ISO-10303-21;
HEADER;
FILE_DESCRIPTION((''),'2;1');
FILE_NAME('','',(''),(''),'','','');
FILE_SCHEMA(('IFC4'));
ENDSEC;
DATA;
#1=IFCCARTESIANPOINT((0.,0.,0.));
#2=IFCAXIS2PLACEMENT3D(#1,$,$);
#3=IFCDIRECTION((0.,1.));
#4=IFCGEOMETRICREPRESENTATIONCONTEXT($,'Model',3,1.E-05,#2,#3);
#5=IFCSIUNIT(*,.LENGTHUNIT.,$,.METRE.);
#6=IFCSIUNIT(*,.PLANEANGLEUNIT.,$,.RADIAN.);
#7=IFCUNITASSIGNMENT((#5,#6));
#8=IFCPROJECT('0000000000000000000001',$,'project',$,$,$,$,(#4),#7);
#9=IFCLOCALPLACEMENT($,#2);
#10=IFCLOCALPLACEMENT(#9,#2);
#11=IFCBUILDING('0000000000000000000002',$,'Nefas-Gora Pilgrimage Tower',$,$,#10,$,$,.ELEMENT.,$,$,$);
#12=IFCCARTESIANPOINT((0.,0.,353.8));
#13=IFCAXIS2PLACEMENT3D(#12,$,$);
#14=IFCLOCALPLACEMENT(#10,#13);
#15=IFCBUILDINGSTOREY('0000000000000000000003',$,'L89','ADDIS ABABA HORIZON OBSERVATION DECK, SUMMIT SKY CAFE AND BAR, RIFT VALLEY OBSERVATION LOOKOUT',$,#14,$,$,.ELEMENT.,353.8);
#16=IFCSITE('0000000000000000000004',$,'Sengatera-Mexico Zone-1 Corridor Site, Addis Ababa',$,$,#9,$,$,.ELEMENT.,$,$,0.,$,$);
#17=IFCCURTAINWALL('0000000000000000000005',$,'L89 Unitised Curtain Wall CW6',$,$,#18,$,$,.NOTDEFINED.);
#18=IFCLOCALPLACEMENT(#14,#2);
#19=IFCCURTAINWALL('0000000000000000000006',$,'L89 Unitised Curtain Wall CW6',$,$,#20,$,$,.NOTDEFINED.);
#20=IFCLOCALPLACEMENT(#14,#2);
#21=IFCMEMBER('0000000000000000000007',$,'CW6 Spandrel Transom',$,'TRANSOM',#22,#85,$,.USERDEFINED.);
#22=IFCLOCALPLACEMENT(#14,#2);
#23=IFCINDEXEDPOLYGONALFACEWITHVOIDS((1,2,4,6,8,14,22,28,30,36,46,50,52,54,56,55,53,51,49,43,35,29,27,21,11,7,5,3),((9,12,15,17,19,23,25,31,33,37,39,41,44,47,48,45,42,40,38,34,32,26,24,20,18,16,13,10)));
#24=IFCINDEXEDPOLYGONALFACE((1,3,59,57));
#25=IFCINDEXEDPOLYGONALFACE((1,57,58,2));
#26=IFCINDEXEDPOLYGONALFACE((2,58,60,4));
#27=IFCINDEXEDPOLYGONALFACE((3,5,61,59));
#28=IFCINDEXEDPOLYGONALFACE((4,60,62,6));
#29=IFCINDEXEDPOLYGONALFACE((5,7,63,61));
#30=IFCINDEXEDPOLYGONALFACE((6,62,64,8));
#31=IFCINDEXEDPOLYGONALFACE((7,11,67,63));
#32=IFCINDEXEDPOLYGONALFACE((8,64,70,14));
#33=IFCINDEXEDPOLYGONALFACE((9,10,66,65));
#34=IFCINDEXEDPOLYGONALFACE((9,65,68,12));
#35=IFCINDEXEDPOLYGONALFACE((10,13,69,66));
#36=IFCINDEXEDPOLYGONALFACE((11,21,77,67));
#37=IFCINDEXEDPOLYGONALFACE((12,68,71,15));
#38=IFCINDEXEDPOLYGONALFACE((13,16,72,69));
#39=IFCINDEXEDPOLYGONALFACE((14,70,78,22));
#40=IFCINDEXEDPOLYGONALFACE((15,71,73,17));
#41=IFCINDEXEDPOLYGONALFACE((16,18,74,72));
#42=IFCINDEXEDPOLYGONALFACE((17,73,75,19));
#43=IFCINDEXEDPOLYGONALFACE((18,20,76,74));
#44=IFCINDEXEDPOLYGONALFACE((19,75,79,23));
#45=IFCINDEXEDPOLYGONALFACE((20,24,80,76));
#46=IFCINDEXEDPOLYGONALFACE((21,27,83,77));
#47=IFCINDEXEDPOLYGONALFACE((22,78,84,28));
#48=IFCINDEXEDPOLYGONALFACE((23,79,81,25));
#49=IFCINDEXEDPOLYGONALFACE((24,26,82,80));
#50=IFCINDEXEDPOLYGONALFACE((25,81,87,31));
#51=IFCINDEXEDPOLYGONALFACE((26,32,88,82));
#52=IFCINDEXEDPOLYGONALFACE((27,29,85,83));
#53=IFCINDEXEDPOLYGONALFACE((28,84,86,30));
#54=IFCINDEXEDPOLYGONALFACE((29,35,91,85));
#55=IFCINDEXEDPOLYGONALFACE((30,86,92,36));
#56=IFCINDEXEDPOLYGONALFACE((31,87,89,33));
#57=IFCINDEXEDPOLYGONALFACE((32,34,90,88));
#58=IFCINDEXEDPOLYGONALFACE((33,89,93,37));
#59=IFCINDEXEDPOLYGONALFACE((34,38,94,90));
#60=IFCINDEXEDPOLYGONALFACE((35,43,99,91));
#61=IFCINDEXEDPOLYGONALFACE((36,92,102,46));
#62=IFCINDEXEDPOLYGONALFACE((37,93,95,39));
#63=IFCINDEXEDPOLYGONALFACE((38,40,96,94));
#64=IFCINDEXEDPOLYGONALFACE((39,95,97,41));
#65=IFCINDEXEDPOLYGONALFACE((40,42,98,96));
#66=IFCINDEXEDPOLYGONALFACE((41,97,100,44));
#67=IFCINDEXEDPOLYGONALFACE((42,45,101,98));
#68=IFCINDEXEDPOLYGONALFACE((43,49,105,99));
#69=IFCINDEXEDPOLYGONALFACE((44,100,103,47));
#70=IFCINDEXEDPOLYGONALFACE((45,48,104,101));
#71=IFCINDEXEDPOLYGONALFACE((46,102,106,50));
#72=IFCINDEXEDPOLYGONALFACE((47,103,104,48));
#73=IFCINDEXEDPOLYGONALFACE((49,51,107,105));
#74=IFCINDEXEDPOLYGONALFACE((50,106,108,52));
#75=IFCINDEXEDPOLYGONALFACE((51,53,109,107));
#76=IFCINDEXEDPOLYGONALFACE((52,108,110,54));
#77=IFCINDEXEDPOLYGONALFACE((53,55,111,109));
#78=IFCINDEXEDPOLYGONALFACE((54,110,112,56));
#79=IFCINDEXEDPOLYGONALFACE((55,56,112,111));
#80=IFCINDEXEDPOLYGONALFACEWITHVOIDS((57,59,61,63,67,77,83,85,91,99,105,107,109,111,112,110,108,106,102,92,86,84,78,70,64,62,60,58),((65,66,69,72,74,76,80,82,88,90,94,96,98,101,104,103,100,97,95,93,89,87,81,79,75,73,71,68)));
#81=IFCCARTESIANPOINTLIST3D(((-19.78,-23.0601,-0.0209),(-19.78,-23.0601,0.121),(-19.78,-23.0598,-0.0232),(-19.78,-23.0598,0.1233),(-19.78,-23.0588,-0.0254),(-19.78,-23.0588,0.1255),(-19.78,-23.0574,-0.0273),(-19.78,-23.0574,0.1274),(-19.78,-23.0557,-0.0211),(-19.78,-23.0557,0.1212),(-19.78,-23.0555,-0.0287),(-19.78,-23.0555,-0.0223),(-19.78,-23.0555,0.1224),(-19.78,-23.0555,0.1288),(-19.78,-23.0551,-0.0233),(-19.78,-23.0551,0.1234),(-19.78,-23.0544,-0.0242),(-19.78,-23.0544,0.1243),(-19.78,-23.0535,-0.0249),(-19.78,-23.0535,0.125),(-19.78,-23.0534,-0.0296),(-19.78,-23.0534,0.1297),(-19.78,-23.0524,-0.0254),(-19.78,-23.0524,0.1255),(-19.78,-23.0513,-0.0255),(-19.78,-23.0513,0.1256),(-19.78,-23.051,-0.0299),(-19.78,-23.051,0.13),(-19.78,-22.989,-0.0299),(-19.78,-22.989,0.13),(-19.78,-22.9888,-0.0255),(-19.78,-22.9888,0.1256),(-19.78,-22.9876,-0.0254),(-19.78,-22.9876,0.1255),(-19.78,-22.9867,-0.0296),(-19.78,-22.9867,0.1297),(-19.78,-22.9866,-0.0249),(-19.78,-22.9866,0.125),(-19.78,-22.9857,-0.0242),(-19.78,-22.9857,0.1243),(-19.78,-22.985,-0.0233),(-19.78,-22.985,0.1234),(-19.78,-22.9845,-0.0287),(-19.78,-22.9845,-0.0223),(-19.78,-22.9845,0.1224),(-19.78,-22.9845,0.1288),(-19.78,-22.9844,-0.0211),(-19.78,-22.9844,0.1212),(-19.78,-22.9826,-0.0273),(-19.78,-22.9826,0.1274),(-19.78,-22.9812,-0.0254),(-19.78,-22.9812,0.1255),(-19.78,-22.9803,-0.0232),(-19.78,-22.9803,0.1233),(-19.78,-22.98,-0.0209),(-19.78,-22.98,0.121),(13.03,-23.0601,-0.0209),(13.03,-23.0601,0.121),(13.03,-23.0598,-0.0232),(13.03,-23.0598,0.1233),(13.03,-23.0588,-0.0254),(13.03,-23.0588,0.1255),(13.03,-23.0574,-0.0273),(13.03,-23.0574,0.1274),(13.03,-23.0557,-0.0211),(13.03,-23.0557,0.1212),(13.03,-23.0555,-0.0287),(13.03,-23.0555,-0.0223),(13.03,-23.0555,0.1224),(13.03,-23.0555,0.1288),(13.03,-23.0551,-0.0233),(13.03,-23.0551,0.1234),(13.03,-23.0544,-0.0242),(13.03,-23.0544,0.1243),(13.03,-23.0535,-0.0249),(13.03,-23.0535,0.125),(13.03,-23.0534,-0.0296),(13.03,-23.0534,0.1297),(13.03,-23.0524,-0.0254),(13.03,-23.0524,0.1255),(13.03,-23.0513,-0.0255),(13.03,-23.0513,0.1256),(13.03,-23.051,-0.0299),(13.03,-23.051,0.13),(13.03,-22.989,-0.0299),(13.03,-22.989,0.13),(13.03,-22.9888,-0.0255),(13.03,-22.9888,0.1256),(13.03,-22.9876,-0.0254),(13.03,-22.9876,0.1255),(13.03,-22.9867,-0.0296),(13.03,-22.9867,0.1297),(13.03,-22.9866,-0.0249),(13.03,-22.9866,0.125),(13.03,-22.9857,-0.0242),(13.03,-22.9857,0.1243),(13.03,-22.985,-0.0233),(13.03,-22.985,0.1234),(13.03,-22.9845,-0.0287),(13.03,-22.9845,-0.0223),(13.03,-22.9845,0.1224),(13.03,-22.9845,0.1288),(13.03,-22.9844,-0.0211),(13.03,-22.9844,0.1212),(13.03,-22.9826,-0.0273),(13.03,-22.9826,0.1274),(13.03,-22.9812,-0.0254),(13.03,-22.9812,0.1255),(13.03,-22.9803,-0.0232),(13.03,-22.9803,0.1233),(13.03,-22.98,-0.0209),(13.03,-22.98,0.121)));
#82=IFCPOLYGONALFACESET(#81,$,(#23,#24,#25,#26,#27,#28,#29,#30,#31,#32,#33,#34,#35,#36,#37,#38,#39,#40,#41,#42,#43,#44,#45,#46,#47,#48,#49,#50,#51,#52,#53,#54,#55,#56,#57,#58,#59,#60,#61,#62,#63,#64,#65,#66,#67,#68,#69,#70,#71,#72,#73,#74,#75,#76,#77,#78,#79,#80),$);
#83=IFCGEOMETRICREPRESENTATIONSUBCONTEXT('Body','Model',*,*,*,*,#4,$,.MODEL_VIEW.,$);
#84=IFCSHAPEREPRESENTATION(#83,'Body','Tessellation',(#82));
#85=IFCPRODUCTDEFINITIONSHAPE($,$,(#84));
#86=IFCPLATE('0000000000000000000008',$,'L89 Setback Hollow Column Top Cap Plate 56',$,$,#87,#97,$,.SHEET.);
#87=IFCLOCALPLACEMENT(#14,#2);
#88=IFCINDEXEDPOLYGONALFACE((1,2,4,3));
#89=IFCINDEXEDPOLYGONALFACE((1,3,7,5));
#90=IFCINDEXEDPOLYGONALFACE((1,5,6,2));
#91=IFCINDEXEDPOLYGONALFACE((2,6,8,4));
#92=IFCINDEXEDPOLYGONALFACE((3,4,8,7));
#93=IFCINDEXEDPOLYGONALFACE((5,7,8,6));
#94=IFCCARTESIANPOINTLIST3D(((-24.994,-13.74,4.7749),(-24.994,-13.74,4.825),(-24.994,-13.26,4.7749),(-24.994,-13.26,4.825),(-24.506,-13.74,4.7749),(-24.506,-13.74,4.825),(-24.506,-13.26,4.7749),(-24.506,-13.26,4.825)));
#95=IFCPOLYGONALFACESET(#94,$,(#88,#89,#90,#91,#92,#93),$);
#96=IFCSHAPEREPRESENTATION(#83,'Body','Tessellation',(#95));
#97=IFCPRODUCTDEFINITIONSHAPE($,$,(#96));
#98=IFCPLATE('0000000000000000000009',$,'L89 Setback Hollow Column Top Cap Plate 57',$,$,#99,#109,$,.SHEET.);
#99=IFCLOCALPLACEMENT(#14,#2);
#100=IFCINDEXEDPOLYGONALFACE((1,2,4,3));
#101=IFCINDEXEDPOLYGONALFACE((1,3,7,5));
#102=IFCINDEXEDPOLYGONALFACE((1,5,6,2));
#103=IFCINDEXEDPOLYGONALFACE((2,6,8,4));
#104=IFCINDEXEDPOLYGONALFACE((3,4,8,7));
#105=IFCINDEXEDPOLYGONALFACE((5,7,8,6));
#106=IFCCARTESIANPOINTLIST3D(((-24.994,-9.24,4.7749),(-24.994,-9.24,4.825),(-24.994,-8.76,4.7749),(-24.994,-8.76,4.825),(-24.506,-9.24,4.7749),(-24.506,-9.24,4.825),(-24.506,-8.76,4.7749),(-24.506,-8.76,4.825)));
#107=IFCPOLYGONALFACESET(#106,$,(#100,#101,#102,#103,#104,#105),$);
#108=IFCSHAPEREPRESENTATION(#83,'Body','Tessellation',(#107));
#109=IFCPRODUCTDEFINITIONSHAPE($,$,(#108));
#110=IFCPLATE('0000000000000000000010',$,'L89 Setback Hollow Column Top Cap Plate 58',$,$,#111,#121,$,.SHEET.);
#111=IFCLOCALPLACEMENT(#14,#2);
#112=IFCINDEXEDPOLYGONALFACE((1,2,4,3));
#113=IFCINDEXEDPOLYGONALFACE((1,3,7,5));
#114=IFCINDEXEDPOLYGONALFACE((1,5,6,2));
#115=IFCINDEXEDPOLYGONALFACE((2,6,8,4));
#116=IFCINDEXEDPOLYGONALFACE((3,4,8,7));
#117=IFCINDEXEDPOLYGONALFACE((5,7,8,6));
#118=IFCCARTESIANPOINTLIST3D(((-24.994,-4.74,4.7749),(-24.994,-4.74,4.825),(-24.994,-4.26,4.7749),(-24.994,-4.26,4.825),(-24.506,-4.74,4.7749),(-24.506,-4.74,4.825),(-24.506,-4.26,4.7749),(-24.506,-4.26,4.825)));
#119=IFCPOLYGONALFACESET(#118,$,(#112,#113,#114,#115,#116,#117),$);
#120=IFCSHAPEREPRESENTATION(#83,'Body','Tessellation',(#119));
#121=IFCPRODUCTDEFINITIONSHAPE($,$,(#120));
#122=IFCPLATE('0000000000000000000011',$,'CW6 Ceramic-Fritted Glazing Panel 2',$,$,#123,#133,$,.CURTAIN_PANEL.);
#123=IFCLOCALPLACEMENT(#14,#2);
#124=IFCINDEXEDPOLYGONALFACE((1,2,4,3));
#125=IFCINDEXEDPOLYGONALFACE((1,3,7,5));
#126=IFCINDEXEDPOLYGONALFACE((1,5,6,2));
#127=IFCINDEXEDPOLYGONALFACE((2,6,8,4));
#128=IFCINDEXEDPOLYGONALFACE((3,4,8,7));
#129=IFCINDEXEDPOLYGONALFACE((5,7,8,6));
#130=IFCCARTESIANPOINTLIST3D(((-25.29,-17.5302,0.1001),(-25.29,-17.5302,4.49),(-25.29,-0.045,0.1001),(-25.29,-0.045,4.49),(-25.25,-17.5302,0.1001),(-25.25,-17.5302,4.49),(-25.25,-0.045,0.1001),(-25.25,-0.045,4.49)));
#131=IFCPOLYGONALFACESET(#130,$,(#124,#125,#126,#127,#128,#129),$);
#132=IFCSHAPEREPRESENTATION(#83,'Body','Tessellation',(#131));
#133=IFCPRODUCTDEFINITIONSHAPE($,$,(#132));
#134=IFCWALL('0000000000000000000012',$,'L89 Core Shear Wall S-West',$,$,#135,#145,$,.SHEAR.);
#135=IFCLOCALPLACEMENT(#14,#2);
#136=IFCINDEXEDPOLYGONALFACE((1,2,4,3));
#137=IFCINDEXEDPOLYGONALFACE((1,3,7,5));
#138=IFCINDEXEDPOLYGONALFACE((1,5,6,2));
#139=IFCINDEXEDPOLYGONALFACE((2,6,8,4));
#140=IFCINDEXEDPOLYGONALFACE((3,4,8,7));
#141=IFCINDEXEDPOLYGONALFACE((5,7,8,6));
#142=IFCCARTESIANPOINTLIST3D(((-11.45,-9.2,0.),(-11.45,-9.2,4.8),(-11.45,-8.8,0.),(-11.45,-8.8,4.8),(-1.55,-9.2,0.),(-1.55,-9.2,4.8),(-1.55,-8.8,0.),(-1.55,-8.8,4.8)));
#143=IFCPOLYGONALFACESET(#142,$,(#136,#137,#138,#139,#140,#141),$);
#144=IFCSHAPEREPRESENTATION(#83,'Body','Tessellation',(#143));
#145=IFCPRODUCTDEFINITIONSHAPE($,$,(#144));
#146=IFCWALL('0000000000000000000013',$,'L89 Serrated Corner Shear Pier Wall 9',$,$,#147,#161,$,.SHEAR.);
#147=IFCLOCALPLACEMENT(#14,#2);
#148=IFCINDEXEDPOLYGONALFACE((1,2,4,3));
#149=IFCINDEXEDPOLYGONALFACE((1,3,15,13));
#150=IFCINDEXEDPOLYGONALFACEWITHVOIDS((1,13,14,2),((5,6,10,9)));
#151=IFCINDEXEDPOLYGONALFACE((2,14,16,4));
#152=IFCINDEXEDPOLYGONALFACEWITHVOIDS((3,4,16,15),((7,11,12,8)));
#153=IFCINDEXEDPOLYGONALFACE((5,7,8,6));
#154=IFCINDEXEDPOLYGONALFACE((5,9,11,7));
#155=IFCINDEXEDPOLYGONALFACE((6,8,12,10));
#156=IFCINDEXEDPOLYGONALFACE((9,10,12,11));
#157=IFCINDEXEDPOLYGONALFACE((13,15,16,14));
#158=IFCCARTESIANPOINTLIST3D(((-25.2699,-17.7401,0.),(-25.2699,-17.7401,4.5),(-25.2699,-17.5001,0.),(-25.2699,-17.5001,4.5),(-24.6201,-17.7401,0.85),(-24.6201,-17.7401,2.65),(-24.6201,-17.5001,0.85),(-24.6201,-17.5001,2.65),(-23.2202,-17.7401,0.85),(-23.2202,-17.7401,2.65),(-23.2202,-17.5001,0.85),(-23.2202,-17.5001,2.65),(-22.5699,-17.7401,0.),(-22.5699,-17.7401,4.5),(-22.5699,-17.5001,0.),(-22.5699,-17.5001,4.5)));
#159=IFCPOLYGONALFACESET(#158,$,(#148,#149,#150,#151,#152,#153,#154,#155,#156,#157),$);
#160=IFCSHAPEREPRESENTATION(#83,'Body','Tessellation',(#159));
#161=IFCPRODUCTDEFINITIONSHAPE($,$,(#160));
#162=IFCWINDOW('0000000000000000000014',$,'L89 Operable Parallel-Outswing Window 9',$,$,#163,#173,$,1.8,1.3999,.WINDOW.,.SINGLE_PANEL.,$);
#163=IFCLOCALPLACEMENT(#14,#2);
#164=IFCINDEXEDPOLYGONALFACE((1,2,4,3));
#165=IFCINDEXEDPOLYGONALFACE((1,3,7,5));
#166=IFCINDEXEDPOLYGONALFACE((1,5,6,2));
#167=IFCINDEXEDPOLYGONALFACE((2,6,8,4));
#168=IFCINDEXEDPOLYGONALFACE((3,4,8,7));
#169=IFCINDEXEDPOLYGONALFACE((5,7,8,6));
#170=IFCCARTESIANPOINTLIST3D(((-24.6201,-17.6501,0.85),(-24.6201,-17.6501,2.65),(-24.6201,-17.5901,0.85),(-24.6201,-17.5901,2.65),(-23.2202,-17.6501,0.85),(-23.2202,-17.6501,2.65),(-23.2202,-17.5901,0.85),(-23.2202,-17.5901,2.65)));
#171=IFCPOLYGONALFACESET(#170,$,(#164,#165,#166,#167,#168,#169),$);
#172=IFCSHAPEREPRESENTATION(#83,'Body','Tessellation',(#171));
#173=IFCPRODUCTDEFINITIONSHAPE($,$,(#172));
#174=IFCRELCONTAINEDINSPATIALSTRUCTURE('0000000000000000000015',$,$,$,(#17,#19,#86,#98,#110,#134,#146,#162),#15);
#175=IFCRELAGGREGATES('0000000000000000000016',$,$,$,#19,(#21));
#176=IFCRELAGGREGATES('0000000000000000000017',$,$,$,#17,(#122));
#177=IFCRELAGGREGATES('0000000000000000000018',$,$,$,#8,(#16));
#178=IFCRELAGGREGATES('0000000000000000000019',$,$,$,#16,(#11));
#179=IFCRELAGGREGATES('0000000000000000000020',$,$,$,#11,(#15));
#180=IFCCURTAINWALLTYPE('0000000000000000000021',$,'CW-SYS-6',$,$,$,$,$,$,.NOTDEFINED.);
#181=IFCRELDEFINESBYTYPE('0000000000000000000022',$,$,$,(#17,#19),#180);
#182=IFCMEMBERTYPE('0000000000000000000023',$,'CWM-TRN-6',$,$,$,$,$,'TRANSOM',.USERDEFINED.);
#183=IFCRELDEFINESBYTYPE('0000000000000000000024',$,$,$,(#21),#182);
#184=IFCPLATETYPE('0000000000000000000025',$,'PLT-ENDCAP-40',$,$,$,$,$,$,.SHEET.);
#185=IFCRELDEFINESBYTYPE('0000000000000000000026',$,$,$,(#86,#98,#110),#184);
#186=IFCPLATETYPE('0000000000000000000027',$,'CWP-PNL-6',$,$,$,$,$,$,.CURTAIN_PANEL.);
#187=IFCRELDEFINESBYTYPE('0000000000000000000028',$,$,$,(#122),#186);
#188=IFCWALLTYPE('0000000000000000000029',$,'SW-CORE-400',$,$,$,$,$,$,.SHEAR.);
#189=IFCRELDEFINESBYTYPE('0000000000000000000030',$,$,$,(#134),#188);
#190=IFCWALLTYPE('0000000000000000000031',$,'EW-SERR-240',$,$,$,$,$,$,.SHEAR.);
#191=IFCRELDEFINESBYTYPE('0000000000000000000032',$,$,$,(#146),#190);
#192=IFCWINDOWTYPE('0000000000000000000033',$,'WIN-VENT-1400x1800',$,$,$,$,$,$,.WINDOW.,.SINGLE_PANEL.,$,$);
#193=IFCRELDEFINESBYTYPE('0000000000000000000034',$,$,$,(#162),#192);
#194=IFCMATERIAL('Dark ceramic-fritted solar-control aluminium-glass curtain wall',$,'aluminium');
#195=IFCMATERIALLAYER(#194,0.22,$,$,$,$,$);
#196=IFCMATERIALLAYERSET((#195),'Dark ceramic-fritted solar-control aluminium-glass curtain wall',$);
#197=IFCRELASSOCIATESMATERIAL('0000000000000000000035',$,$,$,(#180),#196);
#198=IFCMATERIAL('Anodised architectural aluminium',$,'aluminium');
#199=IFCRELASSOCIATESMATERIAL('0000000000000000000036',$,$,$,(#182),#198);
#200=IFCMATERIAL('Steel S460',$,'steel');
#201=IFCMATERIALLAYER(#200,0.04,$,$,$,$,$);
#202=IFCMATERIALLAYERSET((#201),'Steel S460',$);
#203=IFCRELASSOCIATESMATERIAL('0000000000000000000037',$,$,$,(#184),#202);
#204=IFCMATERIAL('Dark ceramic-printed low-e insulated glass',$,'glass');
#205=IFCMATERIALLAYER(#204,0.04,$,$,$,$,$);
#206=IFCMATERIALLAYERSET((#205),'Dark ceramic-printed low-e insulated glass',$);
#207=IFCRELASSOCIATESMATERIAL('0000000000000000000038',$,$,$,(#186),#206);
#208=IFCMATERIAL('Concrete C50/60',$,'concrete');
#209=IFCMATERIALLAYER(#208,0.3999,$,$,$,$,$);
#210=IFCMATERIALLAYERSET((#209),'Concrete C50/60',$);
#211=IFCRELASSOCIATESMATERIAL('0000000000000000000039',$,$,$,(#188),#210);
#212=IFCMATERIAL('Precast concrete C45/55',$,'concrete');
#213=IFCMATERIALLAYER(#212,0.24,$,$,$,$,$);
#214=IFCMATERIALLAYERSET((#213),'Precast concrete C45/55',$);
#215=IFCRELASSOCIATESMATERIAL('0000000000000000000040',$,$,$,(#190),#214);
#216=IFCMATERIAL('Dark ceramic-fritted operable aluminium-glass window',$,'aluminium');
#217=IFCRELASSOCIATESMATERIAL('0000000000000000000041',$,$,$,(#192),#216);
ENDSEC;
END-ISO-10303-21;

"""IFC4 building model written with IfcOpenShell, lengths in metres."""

from ifc_helpers import new_model, si_unit, direction, frame, frame_2d, origin, origin_2d, place, context, subcontext, project, spatial, rectangle, hollow_rectangle, extrude, source, transform, mapped, material, layer, layer_set, material_profile, profile_set, type_object, element, fill, aggregate, save


model = new_model("IFC4")

# Units and contexts
model_context = context("Model", 3, precision=1e-05, world=origin(), true_north=direction((0.0, 1.0)))
body_context = subcontext(model_context, "Body", "Model", "MODEL_VIEW")
ifc_project = project(units=[si_unit("LENGTHUNIT", "METRE"), si_unit("PLANEANGLEUNIT", "RADIAN")], contexts=[model_context])

# Site, building, storey
site_placement = place(None, origin())
site = spatial("IfcSite", under=ifc_project, at=site_placement, Name="Sengatera-Mexico Zone-1 Corridor Site, Addis Ababa", CompositionType="ELEMENT", RefElevation=0.0)
building_placement = place(site_placement, origin())
building = spatial("IfcBuilding", under=site, at=building_placement, Name="Nefas-Gora Pilgrimage Tower", CompositionType="ELEMENT")
storey_placement = place(building_placement, frame((0.0, 0.0, 353.8)))
storey = spatial("IfcBuildingStorey", under=building, at=storey_placement, Name="L89", Description="ADDIS ABABA HORIZON OBSERVATION DECK, SUMMIT SKY CAFE AND BAR, RIFT VALLEY OBSERVATION LOOKOUT", CompositionType="ELEMENT", Elevation=353.8)

# Curtain wall
ifc_material_1 = material(Name="Dark ceramic-fritted solar-control aluminium-glass curtain wall", Category="aluminium")
ifc_layer_1 = layer(ifc_material_1, 0.22)
ifc_layer_set_1 = layer_set([ifc_layer_1], Name="Dark ceramic-fritted solar-control aluminium-glass curtain wall")
curtain_wall_type = type_object("IfcCurtainWallType", Name="CW-SYS-6", PredefinedType="NOTDEFINED", material=ifc_layer_set_1)
curtain_wall_1_placement = place(storey_placement, origin())
curtain_wall_1 = element("IfcCurtainWall", 1, at=curtain_wall_1_placement, inside=storey, type_object=curtain_wall_type, Name="L89 Unitised Curtain Wall CW6", PredefinedType="NOTDEFINED")
ifc_material_2 = material(Name="Anodised architectural aluminium", Category="aluminium")

# Curtain wall, member
curtain_wall_2_placement = place(storey_placement, origin())
curtain_wall_2 = element("IfcCurtainWall", 2, at=curtain_wall_2_placement, inside=storey, type_object=curtain_wall_type, Name="L89 Unitised Curtain Wall CW6", PredefinedType="NOTDEFINED")
ifc_material_profile_1 = material_profile(ifc_material_2, hollow_rectangle(XDim=0.0801, YDim=0.1599, WallThickness=0.0044, InnerFilletRadius=0.0044, OuterFilletRadius=0.009, at=origin_2d()), Name="ALU TRANSOM 80x160")
ifc_profile_set_1 = profile_set([ifc_material_profile_1], Name="Anodised architectural aluminium")
member_type_1 = type_object("IfcMemberType", Name="CWM-TRN-6", ElementType="TRANSOM", PredefinedType="USERDEFINED", material=ifc_profile_set_1)
shared_shape_1 = source(origin(), body_context, "Body", "SweptSolid", [
    extrude(hollow_rectangle(XDim=0.0801, YDim=0.1599, WallThickness=0.0044, InnerFilletRadius=0.0044, OuterFilletRadius=0.009, at=origin_2d()), origin(), (0.0, 0.0, 1.0), 32.8101),
])
member_1_placement = place(storey_placement, frame((-19.78, -23.02, 0.05), z_axis=(1.0, 0.0, 0.0), x_axis=(0.0, 1.0, 0.0)))
member_1 = element("IfcMember", 3, at=member_1_placement, type_object=member_type_1, Name="CW6 Spandrel Transom", ObjectType="TRANSOM", PredefinedType="USERDEFINED", context=body_context, shape_type="MappedRepresentation", body=[
    mapped(shared_shape_1, transform((0.0, 0.0, 0.0), x_axis=(1.0, 0.0, 0.0), y_axis=(0.0, 1.0, 0.0), z_axis=(0.0, 0.0, 1.0), scale=1.0)),
])
aggregate(curtain_wall_2, [member_1])

# Plates
ifc_material_3 = material(Name="Steel S460", Category="steel")
ifc_layer_2 = layer(ifc_material_3, 0.04)
ifc_layer_set_2 = layer_set([ifc_layer_2], Name="Steel S460")
plate_type_1 = type_object("IfcPlateType", Name="PLT-ENDCAP-40", PredefinedType="SHEET", material=ifc_layer_set_2)
shared_shape_2 = source(origin(), body_context, "Body", "SweptSolid", [
    extrude(rectangle(XDim=0.488, YDim=0.48, at=origin_2d()), origin(), (0.0, 0.0, 1.0), 0.05),
])
for number, where, z_axis, x_axis, name in (
    (4, (-24.75, -13.5, 4.7749), (0.0, 0.0, 1.0), (1.0, 0.0, 0.0), "L89 Setback Hollow Column Top Cap Plate 56"),
    (5, (-24.75, -9.0, 4.7749), (0.0, 0.0, 1.0), (1.0, 0.0, 0.0), "L89 Setback Hollow Column Top Cap Plate 57"),
    (6, (-24.75, -4.5, 4.7749), (0.0, 0.0, 1.0), (1.0, 0.0, 0.0), "L89 Setback Hollow Column Top Cap Plate 58"),
):
    element("IfcPlate", number, at=place(storey_placement, frame(where, z_axis=z_axis, x_axis=x_axis)), inside=storey, type_object=plate_type_1, Name=name, PredefinedType="SHEET", context=body_context, shape_type="MappedRepresentation", body=[
        mapped(shared_shape_2, transform((0.0, 0.0, 0.0), x_axis=(1.0, 0.0, 0.0), y_axis=(0.0, 1.0, 0.0), z_axis=(0.0, 0.0, 1.0), scale=1.0)),
    ])

# Plate
ifc_material_4 = material(Name="Dark ceramic-printed low-e insulated glass", Category="glass")
ifc_layer_3 = layer(ifc_material_4, 0.04)
ifc_layer_set_3 = layer_set([ifc_layer_3], Name="Dark ceramic-printed low-e insulated glass")
plate_type_2 = type_object("IfcPlateType", Name="CWP-PNL-6", PredefinedType="CURTAIN_PANEL", material=ifc_layer_set_3)
shared_shape_3 = source(origin(), body_context, "Body", "SweptSolid", [
    extrude(rectangle(XDim=17.4851, YDim=0.04, at=origin_2d()), origin(), (0.0, 0.0, 1.0), 4.3899),
])
plate_placement = place(storey_placement, frame((-25.27, -8.7876, 0.1001), z_axis=(0.0, 0.0, 1.0), x_axis=(0.0, -1.0, 0.0)))
plate = element("IfcPlate", 7, at=plate_placement, type_object=plate_type_2, Name="CW6 Ceramic-Fritted Glazing Panel 2", PredefinedType="CURTAIN_PANEL", context=body_context, shape_type="MappedRepresentation", body=[
    mapped(shared_shape_3, transform((0.0, 0.0, 0.0), x_axis=(1.0, 0.0, 0.0), y_axis=(0.0, 1.0, 0.0), z_axis=(0.0, 0.0, 1.0), scale=1.0)),
])
aggregate(curtain_wall_1, [plate])

# Wall
ifc_material_5 = material(Name="Concrete C50/60", Category="concrete")
ifc_layer_4 = layer(ifc_material_5, 0.3999)
ifc_layer_set_4 = layer_set([ifc_layer_4], Name="Concrete C50/60")
wall_type_1 = type_object("IfcWallType", Name="SW-CORE-400", PredefinedType="SHEAR", material=ifc_layer_set_4)
shared_shape_4 = source(origin(), body_context, "Body", "SweptSolid", [
    extrude(rectangle(XDim=9.8999, YDim=0.3999, at=frame_2d((4.95, 0.0))), origin(), (0.0, 0.0, 1.0), 4.8),
])
wall_1_placement = place(storey_placement, frame((-11.45, -9.0, 0.0), z_axis=(0.0, 0.0, 1.0), x_axis=(1.0, 0.0, 0.0)))
element("IfcWall", 8, at=wall_1_placement, inside=storey, type_object=wall_type_1, Name="L89 Core Shear Wall S-West", PredefinedType="SHEAR", context=body_context, shape_type="MappedRepresentation", body=[
    mapped(shared_shape_4, transform((0.0, 0.0, 0.0), x_axis=(1.0, 0.0, 0.0), y_axis=(0.0, 1.0, 0.0), z_axis=(0.0, 0.0, 1.0), scale=1.0)),
])

# Wall, opening, window
ifc_material_6 = material(Name="Precast concrete C45/55", Category="concrete")
ifc_layer_5 = layer(ifc_material_6, 0.24)
ifc_layer_set_5 = layer_set([ifc_layer_5], Name="Precast concrete C45/55")
wall_type_2 = type_object("IfcWallType", Name="EW-SERR-240", PredefinedType="SHEAR", material=ifc_layer_set_5)
shared_shape_5 = source(origin(), body_context, "Body", "SweptSolid", [
    extrude(rectangle(XDim=2.7, YDim=0.24, at=frame_2d((1.3501, 0.0))), origin(), (0.0, 0.0, 1.0), 4.5),
])
wall_2_placement = place(storey_placement, frame((-25.27, -17.6201, 0.0), z_axis=(0.0, 0.0, 1.0), x_axis=(1.0, 0.0, 0.0)))
wall_2 = element("IfcWall", 9, at=wall_2_placement, inside=storey, type_object=wall_type_2, Name="L89 Serrated Corner Shear Pier Wall 9", PredefinedType="SHEAR", context=body_context, shape_type="MappedRepresentation", body=[
    mapped(shared_shape_5, transform((0.0, 0.0, 0.0), x_axis=(1.0, 0.0, 0.0), y_axis=(0.0, 1.0, 0.0), z_axis=(0.0, 0.0, 1.0), scale=1.0)),
])
opening_1_placement = place(wall_2_placement, frame((0.6499, 0.0, 0.8501)))
opening_1 = element("IfcOpeningElement", 10, at=opening_1_placement, cuts=wall_2, PredefinedType="OPENING", context=body_context, shape_type="SweptSolid", body=[
    extrude(rectangle(XDim=1.3999, YDim=1.8, at=frame_2d((0.7, 0.8999))), frame((0.0, 0.1299, 0.0), z_axis=(0.0, -1.0, 0.0), x_axis=(1.0, 0.0, 0.0)), (0.0, 0.0, 1.0), 0.26),
])
ifc_material_7 = material(Name="Dark ceramic-fritted operable aluminium-glass window", Category="aluminium")
window_type = type_object("IfcWindowType", Name="WIN-VENT-1400x1800", PartitioningType="SINGLE_PANEL", PredefinedType="WINDOW", material=ifc_material_7)
shared_shape_6 = source(origin(), body_context, "Body", "SweptSolid", [
    extrude(rectangle(XDim=1.3999, YDim=1.8, at=frame_2d((0.7, 0.8999))), frame((0.0, 0.03, 0.0), z_axis=(0.0, -1.0, 0.0), x_axis=(1.0, 0.0, 0.0)), (0.0, 0.0, 1.0), 0.0601),
])
window_placement = place(opening_1_placement, origin())
window = element("IfcWindow", 11, at=window_placement, inside=storey, type_object=window_type, Name="L89 Operable Parallel-Outswing Window 9", OverallHeight=1.8, OverallWidth=1.3999, PartitioningType="SINGLE_PANEL", PredefinedType="WINDOW", context=body_context, shape_type="MappedRepresentation", body=[
    mapped(shared_shape_6, transform((0.0, 0.0, 0.0), x_axis=(1.0, 0.0, 0.0), y_axis=(0.0, 1.0, 0.0), z_axis=(0.0, 0.0, 1.0), scale=1.0)),
])
fill(opening_1, window)

save(model, "model.ifc")
